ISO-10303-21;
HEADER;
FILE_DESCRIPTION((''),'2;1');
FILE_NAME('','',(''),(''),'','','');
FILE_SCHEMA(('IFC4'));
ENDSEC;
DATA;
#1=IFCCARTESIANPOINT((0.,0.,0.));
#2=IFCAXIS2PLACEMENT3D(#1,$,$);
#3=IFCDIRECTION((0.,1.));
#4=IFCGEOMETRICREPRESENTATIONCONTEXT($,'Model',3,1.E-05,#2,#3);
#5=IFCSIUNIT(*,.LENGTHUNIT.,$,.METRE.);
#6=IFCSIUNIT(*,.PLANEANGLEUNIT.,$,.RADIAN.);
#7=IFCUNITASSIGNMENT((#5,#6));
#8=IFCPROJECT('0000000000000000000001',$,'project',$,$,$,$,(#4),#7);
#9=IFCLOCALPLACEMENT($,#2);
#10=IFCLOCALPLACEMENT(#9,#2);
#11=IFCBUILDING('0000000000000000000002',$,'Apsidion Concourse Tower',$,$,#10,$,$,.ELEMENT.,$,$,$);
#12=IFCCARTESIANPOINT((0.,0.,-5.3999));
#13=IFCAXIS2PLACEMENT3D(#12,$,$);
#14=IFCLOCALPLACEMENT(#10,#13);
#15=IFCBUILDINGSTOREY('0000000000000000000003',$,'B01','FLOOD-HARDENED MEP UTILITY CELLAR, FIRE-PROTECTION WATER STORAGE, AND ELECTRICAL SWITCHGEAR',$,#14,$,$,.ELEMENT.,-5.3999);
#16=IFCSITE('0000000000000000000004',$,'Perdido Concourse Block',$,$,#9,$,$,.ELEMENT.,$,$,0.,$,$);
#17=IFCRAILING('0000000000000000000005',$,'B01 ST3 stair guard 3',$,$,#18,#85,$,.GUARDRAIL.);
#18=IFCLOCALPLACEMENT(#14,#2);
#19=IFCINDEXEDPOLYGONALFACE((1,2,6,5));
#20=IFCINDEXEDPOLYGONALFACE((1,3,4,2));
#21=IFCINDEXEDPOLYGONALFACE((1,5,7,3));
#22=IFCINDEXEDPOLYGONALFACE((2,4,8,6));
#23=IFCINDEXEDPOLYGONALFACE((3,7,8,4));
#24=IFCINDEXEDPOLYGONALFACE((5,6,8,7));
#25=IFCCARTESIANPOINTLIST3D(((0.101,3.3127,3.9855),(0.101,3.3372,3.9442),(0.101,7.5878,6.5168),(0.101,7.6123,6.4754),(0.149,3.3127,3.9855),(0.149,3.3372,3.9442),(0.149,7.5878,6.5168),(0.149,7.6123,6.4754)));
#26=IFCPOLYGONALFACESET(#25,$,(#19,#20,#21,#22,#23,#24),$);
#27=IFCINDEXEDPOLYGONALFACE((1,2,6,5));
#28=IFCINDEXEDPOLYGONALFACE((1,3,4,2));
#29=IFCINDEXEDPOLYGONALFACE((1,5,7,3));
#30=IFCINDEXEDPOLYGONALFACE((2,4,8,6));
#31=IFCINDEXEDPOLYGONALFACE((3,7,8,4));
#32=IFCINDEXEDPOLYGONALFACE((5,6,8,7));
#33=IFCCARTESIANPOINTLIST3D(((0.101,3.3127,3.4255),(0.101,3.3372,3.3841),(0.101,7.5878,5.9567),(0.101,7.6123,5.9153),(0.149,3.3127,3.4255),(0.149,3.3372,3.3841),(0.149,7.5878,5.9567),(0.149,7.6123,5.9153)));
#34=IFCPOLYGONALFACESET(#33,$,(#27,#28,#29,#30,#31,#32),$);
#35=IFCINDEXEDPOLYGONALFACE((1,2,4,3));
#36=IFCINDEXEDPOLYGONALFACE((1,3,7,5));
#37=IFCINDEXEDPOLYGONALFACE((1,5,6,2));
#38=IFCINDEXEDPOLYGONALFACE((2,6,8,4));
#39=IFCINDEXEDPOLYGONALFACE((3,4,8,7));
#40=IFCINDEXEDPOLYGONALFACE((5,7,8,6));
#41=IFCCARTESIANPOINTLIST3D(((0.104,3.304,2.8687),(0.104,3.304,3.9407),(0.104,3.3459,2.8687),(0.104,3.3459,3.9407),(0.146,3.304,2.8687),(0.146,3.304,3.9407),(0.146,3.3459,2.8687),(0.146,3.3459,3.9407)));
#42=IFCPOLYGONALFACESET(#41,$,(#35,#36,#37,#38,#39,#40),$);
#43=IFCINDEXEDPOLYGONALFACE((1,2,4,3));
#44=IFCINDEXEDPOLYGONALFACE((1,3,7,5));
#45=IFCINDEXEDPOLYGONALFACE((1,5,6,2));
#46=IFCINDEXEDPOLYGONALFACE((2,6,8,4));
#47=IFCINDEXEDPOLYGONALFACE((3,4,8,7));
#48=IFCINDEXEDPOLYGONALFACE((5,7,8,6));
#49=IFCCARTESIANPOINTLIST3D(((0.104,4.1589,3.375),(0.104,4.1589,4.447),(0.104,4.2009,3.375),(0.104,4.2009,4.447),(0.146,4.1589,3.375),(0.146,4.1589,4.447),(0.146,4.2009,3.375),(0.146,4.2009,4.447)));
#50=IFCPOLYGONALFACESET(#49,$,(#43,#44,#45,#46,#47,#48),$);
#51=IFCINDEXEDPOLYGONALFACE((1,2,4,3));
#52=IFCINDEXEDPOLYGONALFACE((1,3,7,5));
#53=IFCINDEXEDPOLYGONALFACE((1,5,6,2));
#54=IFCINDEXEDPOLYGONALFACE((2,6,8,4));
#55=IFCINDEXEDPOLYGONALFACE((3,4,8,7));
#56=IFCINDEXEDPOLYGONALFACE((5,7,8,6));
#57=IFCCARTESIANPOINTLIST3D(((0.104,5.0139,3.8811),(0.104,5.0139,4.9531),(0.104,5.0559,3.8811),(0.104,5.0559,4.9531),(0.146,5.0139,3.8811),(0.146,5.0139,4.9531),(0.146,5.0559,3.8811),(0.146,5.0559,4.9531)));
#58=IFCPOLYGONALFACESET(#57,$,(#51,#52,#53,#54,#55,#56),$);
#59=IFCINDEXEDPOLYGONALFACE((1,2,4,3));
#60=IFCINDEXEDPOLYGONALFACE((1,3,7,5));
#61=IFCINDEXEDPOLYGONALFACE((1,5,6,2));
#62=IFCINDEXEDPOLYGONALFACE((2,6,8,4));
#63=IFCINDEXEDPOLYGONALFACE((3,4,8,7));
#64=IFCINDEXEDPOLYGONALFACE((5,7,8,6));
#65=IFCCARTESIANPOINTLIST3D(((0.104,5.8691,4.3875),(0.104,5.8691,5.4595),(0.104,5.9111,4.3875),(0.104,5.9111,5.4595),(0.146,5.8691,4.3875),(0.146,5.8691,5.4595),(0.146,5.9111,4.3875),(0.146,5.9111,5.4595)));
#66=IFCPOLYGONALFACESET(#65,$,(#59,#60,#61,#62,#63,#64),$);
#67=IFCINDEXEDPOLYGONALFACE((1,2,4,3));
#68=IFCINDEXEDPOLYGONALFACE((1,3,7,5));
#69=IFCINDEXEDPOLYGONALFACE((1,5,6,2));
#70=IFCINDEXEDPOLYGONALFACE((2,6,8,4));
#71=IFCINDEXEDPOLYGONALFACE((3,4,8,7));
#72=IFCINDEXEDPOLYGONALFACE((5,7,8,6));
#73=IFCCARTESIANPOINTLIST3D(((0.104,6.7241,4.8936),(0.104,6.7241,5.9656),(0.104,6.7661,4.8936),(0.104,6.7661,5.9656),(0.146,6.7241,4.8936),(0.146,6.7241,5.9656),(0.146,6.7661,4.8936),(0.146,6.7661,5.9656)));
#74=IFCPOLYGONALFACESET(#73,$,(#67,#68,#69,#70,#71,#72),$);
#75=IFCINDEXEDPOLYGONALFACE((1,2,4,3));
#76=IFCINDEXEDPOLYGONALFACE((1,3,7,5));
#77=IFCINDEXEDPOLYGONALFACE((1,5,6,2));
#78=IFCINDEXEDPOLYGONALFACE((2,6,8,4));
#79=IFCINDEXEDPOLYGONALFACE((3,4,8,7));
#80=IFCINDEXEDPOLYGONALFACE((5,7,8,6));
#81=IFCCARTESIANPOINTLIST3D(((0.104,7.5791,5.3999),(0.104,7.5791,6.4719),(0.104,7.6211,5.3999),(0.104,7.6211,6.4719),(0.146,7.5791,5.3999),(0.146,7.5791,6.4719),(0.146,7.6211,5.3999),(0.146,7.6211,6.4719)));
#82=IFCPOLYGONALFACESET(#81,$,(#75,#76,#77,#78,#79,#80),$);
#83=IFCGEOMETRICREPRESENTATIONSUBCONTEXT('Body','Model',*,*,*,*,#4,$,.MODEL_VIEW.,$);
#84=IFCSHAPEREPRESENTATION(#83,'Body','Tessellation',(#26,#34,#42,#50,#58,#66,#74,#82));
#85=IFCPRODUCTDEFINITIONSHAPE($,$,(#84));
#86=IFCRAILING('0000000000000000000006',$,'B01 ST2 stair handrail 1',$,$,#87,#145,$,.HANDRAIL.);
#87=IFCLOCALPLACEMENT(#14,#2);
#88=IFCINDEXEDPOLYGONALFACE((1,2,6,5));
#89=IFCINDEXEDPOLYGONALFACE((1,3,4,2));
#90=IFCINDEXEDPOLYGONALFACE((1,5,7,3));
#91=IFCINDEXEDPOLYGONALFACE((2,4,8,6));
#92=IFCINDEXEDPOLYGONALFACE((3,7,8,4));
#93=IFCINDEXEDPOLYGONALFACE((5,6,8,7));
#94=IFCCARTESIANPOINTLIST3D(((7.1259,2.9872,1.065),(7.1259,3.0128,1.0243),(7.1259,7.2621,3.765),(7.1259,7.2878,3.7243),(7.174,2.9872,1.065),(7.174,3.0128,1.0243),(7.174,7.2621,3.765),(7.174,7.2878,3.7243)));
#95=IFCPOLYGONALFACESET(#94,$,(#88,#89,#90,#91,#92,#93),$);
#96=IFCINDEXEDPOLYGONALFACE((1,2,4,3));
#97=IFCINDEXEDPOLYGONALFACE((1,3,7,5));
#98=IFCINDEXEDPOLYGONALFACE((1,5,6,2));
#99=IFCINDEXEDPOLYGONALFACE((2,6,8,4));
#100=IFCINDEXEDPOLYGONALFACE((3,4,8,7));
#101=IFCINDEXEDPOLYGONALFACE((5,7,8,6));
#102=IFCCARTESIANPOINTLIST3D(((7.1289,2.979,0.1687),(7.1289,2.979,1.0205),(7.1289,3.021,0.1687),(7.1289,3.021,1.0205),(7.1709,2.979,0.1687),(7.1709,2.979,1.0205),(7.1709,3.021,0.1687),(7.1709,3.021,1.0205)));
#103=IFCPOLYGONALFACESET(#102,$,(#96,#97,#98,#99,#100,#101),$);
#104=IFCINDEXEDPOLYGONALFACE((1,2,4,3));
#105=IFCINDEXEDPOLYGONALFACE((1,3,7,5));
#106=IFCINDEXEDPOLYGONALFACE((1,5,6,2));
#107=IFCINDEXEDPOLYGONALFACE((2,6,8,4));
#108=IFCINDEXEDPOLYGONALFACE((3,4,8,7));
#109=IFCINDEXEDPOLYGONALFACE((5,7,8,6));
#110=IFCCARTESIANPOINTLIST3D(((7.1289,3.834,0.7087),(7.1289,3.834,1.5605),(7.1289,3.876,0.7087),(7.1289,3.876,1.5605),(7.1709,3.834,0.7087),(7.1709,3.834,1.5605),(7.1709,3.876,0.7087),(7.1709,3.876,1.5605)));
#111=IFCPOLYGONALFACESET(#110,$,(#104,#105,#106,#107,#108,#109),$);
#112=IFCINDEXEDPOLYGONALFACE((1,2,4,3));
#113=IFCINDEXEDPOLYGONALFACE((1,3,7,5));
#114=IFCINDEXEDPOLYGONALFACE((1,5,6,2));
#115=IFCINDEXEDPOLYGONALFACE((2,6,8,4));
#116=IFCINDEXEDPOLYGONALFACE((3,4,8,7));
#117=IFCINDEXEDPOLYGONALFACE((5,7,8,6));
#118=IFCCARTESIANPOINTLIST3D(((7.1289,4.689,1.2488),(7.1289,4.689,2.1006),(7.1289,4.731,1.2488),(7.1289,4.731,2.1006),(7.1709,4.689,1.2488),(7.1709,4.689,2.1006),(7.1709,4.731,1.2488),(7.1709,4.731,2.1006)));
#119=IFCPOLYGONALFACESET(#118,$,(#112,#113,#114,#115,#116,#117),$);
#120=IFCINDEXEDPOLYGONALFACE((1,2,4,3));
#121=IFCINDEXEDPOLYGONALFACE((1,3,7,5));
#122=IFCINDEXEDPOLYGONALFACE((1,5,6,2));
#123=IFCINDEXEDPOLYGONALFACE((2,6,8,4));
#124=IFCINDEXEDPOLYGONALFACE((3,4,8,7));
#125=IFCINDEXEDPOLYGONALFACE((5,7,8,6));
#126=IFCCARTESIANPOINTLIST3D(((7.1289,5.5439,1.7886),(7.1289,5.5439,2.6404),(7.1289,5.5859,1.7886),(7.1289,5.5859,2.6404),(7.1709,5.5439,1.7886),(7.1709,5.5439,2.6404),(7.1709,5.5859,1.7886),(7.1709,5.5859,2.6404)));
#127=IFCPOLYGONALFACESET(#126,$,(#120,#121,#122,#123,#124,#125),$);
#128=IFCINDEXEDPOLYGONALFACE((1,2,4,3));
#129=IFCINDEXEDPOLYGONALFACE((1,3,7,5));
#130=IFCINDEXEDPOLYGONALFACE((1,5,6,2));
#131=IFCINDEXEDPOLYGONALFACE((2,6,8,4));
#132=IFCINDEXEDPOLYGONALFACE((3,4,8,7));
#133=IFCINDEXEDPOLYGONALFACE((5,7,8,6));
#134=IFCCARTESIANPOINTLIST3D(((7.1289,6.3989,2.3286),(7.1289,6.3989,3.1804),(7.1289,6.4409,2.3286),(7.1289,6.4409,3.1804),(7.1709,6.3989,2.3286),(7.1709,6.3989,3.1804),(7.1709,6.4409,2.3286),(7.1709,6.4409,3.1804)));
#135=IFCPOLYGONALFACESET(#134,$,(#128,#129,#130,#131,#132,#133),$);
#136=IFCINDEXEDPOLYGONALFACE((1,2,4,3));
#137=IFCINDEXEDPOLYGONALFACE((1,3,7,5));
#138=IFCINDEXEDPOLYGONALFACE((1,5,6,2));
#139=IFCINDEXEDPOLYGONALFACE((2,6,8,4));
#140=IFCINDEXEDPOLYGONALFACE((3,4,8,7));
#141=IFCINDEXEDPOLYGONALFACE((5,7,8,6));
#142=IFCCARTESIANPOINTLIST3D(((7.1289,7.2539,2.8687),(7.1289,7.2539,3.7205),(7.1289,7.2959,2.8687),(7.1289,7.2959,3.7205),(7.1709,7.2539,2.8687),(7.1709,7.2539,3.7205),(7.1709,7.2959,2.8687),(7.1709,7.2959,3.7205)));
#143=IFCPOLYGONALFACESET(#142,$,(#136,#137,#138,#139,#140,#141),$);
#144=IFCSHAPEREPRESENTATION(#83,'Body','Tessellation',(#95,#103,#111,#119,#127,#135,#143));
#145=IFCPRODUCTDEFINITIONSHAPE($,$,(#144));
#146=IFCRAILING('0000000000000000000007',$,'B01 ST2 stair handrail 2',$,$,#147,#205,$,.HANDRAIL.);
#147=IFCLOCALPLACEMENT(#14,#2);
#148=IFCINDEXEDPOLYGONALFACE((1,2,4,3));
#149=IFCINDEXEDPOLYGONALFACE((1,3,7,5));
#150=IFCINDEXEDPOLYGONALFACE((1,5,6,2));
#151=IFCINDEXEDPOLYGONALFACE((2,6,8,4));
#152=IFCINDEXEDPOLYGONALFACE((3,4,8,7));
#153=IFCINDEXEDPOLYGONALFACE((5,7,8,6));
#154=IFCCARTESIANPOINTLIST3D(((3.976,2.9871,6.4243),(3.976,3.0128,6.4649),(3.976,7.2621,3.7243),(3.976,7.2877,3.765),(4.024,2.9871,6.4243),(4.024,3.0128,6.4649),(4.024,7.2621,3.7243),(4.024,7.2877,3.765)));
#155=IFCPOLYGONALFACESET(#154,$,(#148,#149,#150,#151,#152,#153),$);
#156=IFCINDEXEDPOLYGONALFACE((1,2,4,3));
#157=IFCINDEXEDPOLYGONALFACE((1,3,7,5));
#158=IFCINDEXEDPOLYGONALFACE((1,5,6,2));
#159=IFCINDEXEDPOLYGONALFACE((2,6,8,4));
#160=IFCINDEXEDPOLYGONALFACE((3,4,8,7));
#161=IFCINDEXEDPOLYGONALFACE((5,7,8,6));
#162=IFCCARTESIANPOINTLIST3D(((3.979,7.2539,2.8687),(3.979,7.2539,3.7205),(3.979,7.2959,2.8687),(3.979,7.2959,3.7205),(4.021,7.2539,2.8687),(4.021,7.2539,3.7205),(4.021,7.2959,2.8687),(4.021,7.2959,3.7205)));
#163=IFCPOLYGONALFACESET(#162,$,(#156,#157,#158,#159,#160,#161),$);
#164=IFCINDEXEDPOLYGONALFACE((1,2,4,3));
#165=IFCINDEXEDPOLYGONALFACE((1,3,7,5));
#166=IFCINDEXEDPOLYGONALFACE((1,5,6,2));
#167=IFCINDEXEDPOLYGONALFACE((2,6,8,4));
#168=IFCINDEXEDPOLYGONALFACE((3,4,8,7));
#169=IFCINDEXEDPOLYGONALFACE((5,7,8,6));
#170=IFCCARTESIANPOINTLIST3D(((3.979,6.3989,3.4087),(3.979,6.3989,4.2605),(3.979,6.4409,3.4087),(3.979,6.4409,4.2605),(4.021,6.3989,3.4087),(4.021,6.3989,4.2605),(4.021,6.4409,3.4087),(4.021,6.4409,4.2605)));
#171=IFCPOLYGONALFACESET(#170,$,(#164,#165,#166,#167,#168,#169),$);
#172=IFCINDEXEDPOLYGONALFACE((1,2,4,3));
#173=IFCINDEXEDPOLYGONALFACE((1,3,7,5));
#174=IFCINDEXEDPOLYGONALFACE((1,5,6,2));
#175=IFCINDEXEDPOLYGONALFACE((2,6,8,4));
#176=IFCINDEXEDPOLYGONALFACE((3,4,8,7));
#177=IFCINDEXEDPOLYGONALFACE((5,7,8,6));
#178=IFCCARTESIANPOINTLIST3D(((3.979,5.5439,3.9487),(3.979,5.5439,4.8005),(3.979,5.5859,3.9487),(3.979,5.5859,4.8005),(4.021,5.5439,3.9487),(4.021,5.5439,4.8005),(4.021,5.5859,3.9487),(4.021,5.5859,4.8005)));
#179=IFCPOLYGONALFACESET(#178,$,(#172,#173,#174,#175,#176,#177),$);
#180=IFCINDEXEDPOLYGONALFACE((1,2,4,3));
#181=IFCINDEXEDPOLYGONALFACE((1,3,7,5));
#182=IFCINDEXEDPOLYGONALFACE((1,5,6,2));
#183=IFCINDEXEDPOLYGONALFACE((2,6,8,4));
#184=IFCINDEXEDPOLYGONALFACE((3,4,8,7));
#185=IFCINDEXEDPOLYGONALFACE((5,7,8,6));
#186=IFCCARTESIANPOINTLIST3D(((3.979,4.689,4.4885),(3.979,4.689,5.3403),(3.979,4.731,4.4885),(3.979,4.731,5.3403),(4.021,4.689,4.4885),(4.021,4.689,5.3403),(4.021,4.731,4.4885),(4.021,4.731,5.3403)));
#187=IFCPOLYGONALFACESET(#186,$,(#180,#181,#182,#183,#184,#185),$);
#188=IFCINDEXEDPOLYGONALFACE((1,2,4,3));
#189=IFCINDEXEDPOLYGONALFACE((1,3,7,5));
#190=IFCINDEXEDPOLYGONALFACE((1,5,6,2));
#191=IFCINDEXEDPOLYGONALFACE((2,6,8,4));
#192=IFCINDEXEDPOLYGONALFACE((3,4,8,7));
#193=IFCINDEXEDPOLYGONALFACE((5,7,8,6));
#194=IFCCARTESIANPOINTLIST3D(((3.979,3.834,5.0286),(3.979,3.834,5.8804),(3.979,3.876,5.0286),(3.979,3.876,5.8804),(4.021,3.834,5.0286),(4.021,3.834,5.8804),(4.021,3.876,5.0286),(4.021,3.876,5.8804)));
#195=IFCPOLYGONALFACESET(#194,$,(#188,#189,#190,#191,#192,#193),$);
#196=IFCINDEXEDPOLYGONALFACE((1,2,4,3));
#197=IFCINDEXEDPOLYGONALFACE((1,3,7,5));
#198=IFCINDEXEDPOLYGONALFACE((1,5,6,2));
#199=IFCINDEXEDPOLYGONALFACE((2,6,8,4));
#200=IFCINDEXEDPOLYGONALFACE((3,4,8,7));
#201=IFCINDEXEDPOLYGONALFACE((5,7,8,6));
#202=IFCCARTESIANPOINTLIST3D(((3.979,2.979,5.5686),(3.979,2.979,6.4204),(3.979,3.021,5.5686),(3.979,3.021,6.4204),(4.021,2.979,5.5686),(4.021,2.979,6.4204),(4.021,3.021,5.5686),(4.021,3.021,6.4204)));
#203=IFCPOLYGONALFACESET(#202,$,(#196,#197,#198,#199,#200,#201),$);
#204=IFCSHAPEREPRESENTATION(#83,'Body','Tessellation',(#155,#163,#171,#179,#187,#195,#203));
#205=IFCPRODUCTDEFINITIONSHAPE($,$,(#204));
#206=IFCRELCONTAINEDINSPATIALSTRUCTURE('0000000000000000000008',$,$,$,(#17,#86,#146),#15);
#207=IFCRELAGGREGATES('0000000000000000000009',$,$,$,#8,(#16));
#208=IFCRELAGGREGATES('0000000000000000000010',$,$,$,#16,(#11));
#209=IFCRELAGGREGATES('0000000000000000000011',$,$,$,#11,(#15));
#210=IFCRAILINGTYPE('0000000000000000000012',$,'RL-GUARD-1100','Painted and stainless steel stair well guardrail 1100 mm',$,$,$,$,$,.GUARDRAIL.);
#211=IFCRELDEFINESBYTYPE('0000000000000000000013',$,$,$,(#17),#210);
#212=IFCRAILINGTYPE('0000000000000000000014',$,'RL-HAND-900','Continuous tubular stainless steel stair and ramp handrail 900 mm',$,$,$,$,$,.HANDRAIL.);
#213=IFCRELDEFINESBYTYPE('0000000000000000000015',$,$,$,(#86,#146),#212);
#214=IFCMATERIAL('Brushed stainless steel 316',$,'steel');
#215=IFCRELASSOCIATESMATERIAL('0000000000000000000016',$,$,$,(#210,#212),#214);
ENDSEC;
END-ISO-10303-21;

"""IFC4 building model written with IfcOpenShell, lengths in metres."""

from ifc_helpers import new_model, si_unit, direction, frame, origin, origin_2d, place, context, subcontext, project, spatial, rectangle, extrude, material, type_object, element, save


model = new_model("IFC4")

# Units and contexts
model_context = context("Model", 3, precision=1e-05, world=origin(), true_north=direction((0.0, 1.0)))
body_context = subcontext(model_context, "Body", "Model", "MODEL_VIEW")
ifc_project = project(units=[si_unit("LENGTHUNIT", "METRE"), si_unit("PLANEANGLEUNIT", "RADIAN")], contexts=[model_context])

# Site, building, storey
site_placement = place(None, origin())
site = spatial("IfcSite", under=ifc_project, at=site_placement, Name="Perdido Concourse Block", CompositionType="ELEMENT", RefElevation=0.0)
building_placement = place(site_placement, origin())
building = spatial("IfcBuilding", under=site, at=building_placement, Name="Apsidion Concourse Tower", CompositionType="ELEMENT")
storey_placement = place(building_placement, frame((0.0, 0.0, -5.3999)))
storey = spatial("IfcBuildingStorey", under=building, at=storey_placement, Name="B01", Description="FLOOD-HARDENED MEP UTILITY CELLAR, FIRE-PROTECTION WATER STORAGE, AND ELECTRICAL SWITCHGEAR", CompositionType="ELEMENT", Elevation=-5.3999)

# Railings
ifc_material_1 = material(Name="Brushed stainless steel 316", Category="steel")
railing_type_1 = type_object("IfcRailingType", Name="RL-GUARD-1100", Description="Painted and stainless steel stair well guardrail 1100 mm", PredefinedType="GUARDRAIL", material=ifc_material_1)
railing_1_placement = place(storey_placement, frame((0.125, 3.325, 2.8687)))
element("IfcRailing", 1, at=railing_1_placement, inside=storey, type_object=railing_type_1, Name="B01 ST3 stair guard 3", PredefinedType="GUARDRAIL", context=body_context, shape_type="SweptSolid", body=[
    extrude(rectangle(XDim=0.0481, YDim=0.0481, at=origin_2d()), frame((0.0, 0.0, 1.0962), z_axis=(0.0, 0.860483, 0.509479), x_axis=(-1.0, 0.0, 0.0)), (0.0, 0.0, 1.0), 4.9683),
    extrude(rectangle(XDim=0.0481, YDim=0.0481, at=origin_2d()), frame((0.0, 0.0, 0.5361), z_axis=(0.0, 0.860483, 0.509479), x_axis=(-1.0, 0.0, 0.0)), (0.0, 0.0, 1.0), 4.9683),
    extrude(rectangle(XDim=0.042, YDim=0.042, at=origin_2d()), origin(), (0.0, 0.0, 1.0), 1.072),
    extrude(rectangle(XDim=0.042, YDim=0.042, at=origin_2d()), frame((0.0, 0.855, 0.5063)), (0.0, 0.0, 1.0), 1.072),
    extrude(rectangle(XDim=0.042, YDim=0.042, at=origin_2d()), frame((0.0, 1.71, 1.0125)), (0.0, 0.0, 1.0), 1.072),
    extrude(rectangle(XDim=0.042, YDim=0.042, at=origin_2d()), frame((0.0, 2.5652, 1.5188)), (0.0, 0.0, 1.0), 1.072),
    extrude(rectangle(XDim=0.042, YDim=0.042, at=origin_2d()), frame((0.0, 3.4202, 2.0249)), (0.0, 0.0, 1.0), 1.072),
    extrude(rectangle(XDim=0.042, YDim=0.042, at=origin_2d()), frame((0.0, 4.2751, 2.5312)), (0.0, 0.0, 1.0), 1.072),
])
railing_type_2 = type_object("IfcRailingType", Name="RL-HAND-900", Description="Continuous tubular stainless steel stair and ramp handrail 900 mm", PredefinedType="HANDRAIL", material=ifc_material_1)
railing_2_placement = place(storey_placement, frame((7.1499, 3.0, 0.1687)))
element("IfcRailing", 2, at=railing_2_placement, inside=storey, type_object=railing_type_2, Name="B01 ST2 stair handrail 1", PredefinedType="HANDRAIL", context=body_context, shape_type="SweptSolid", body=[
    extrude(rectangle(XDim=0.0481, YDim=0.0481, at=origin_2d()), frame((0.0, 0.0, 0.876), z_axis=(0.0, 0.845488, 0.533995), x_axis=(-1.0, 0.0, 0.0)), (0.0, 0.0, 1.0), 5.0562),
    extrude(rectangle(XDim=0.042, YDim=0.042, at=origin_2d()), origin(), (0.0, 0.0, 1.0), 0.8518),
    extrude(rectangle(XDim=0.042, YDim=0.042, at=origin_2d()), frame((0.0, 0.855, 0.54)), (0.0, 0.0, 1.0), 0.8518),
    extrude(rectangle(XDim=0.042, YDim=0.042, at=origin_2d()), frame((0.0, 1.71, 1.0801)), (0.0, 0.0, 1.0), 0.8518),
    extrude(rectangle(XDim=0.042, YDim=0.042, at=origin_2d()), frame((0.0, 2.5649, 1.6199)), (0.0, 0.0, 1.0), 0.8518),
    extrude(rectangle(XDim=0.042, YDim=0.042, at=origin_2d()), frame((0.0, 3.4199, 2.1599)), (0.0, 0.0, 1.0), 0.8518),
    extrude(rectangle(XDim=0.042, YDim=0.042, at=origin_2d()), frame((0.0, 4.2749, 2.7)), (0.0, 0.0, 1.0), 0.8518),
])
railing_3_placement = place(storey_placement, frame((4.0, 7.2749, 2.8687)))
element("IfcRailing", 3, at=railing_3_placement, inside=storey, type_object=railing_type_2, Name="B01 ST2 stair handrail 2", PredefinedType="HANDRAIL", context=body_context, shape_type="SweptSolid", body=[
    extrude(rectangle(XDim=0.0481, YDim=0.0481, at=origin_2d()), frame((0.0, 0.0, 0.876), z_axis=(0.0, -0.845488, 0.533995), x_axis=(1.0, 0.0, 0.0)), (0.0, 0.0, 1.0), 5.0562),
    extrude(rectangle(XDim=0.042, YDim=0.042, at=origin_2d()), origin(), (0.0, 0.0, 1.0), 0.8518),
    extrude(rectangle(XDim=0.042, YDim=0.042, at=origin_2d()), frame((0.0, -0.855, 0.54)), (0.0, 0.0, 1.0), 0.8518),
    extrude(rectangle(XDim=0.042, YDim=0.042, at=origin_2d()), frame((0.0, -1.71, 1.0801)), (0.0, 0.0, 1.0), 0.8518),
    extrude(rectangle(XDim=0.042, YDim=0.042, at=origin_2d()), frame((0.0, -2.5649, 1.6199)), (0.0, 0.0, 1.0), 0.8518),
    extrude(rectangle(XDim=0.042, YDim=0.042, at=origin_2d()), frame((0.0, -3.4199, 2.1599)), (0.0, 0.0, 1.0), 0.8518),
    extrude(rectangle(XDim=0.042, YDim=0.042, at=origin_2d()), frame((0.0, -4.2749, 2.7)), (0.0, 0.0, 1.0), 0.8518),
])

save(model, "model.ifc")
